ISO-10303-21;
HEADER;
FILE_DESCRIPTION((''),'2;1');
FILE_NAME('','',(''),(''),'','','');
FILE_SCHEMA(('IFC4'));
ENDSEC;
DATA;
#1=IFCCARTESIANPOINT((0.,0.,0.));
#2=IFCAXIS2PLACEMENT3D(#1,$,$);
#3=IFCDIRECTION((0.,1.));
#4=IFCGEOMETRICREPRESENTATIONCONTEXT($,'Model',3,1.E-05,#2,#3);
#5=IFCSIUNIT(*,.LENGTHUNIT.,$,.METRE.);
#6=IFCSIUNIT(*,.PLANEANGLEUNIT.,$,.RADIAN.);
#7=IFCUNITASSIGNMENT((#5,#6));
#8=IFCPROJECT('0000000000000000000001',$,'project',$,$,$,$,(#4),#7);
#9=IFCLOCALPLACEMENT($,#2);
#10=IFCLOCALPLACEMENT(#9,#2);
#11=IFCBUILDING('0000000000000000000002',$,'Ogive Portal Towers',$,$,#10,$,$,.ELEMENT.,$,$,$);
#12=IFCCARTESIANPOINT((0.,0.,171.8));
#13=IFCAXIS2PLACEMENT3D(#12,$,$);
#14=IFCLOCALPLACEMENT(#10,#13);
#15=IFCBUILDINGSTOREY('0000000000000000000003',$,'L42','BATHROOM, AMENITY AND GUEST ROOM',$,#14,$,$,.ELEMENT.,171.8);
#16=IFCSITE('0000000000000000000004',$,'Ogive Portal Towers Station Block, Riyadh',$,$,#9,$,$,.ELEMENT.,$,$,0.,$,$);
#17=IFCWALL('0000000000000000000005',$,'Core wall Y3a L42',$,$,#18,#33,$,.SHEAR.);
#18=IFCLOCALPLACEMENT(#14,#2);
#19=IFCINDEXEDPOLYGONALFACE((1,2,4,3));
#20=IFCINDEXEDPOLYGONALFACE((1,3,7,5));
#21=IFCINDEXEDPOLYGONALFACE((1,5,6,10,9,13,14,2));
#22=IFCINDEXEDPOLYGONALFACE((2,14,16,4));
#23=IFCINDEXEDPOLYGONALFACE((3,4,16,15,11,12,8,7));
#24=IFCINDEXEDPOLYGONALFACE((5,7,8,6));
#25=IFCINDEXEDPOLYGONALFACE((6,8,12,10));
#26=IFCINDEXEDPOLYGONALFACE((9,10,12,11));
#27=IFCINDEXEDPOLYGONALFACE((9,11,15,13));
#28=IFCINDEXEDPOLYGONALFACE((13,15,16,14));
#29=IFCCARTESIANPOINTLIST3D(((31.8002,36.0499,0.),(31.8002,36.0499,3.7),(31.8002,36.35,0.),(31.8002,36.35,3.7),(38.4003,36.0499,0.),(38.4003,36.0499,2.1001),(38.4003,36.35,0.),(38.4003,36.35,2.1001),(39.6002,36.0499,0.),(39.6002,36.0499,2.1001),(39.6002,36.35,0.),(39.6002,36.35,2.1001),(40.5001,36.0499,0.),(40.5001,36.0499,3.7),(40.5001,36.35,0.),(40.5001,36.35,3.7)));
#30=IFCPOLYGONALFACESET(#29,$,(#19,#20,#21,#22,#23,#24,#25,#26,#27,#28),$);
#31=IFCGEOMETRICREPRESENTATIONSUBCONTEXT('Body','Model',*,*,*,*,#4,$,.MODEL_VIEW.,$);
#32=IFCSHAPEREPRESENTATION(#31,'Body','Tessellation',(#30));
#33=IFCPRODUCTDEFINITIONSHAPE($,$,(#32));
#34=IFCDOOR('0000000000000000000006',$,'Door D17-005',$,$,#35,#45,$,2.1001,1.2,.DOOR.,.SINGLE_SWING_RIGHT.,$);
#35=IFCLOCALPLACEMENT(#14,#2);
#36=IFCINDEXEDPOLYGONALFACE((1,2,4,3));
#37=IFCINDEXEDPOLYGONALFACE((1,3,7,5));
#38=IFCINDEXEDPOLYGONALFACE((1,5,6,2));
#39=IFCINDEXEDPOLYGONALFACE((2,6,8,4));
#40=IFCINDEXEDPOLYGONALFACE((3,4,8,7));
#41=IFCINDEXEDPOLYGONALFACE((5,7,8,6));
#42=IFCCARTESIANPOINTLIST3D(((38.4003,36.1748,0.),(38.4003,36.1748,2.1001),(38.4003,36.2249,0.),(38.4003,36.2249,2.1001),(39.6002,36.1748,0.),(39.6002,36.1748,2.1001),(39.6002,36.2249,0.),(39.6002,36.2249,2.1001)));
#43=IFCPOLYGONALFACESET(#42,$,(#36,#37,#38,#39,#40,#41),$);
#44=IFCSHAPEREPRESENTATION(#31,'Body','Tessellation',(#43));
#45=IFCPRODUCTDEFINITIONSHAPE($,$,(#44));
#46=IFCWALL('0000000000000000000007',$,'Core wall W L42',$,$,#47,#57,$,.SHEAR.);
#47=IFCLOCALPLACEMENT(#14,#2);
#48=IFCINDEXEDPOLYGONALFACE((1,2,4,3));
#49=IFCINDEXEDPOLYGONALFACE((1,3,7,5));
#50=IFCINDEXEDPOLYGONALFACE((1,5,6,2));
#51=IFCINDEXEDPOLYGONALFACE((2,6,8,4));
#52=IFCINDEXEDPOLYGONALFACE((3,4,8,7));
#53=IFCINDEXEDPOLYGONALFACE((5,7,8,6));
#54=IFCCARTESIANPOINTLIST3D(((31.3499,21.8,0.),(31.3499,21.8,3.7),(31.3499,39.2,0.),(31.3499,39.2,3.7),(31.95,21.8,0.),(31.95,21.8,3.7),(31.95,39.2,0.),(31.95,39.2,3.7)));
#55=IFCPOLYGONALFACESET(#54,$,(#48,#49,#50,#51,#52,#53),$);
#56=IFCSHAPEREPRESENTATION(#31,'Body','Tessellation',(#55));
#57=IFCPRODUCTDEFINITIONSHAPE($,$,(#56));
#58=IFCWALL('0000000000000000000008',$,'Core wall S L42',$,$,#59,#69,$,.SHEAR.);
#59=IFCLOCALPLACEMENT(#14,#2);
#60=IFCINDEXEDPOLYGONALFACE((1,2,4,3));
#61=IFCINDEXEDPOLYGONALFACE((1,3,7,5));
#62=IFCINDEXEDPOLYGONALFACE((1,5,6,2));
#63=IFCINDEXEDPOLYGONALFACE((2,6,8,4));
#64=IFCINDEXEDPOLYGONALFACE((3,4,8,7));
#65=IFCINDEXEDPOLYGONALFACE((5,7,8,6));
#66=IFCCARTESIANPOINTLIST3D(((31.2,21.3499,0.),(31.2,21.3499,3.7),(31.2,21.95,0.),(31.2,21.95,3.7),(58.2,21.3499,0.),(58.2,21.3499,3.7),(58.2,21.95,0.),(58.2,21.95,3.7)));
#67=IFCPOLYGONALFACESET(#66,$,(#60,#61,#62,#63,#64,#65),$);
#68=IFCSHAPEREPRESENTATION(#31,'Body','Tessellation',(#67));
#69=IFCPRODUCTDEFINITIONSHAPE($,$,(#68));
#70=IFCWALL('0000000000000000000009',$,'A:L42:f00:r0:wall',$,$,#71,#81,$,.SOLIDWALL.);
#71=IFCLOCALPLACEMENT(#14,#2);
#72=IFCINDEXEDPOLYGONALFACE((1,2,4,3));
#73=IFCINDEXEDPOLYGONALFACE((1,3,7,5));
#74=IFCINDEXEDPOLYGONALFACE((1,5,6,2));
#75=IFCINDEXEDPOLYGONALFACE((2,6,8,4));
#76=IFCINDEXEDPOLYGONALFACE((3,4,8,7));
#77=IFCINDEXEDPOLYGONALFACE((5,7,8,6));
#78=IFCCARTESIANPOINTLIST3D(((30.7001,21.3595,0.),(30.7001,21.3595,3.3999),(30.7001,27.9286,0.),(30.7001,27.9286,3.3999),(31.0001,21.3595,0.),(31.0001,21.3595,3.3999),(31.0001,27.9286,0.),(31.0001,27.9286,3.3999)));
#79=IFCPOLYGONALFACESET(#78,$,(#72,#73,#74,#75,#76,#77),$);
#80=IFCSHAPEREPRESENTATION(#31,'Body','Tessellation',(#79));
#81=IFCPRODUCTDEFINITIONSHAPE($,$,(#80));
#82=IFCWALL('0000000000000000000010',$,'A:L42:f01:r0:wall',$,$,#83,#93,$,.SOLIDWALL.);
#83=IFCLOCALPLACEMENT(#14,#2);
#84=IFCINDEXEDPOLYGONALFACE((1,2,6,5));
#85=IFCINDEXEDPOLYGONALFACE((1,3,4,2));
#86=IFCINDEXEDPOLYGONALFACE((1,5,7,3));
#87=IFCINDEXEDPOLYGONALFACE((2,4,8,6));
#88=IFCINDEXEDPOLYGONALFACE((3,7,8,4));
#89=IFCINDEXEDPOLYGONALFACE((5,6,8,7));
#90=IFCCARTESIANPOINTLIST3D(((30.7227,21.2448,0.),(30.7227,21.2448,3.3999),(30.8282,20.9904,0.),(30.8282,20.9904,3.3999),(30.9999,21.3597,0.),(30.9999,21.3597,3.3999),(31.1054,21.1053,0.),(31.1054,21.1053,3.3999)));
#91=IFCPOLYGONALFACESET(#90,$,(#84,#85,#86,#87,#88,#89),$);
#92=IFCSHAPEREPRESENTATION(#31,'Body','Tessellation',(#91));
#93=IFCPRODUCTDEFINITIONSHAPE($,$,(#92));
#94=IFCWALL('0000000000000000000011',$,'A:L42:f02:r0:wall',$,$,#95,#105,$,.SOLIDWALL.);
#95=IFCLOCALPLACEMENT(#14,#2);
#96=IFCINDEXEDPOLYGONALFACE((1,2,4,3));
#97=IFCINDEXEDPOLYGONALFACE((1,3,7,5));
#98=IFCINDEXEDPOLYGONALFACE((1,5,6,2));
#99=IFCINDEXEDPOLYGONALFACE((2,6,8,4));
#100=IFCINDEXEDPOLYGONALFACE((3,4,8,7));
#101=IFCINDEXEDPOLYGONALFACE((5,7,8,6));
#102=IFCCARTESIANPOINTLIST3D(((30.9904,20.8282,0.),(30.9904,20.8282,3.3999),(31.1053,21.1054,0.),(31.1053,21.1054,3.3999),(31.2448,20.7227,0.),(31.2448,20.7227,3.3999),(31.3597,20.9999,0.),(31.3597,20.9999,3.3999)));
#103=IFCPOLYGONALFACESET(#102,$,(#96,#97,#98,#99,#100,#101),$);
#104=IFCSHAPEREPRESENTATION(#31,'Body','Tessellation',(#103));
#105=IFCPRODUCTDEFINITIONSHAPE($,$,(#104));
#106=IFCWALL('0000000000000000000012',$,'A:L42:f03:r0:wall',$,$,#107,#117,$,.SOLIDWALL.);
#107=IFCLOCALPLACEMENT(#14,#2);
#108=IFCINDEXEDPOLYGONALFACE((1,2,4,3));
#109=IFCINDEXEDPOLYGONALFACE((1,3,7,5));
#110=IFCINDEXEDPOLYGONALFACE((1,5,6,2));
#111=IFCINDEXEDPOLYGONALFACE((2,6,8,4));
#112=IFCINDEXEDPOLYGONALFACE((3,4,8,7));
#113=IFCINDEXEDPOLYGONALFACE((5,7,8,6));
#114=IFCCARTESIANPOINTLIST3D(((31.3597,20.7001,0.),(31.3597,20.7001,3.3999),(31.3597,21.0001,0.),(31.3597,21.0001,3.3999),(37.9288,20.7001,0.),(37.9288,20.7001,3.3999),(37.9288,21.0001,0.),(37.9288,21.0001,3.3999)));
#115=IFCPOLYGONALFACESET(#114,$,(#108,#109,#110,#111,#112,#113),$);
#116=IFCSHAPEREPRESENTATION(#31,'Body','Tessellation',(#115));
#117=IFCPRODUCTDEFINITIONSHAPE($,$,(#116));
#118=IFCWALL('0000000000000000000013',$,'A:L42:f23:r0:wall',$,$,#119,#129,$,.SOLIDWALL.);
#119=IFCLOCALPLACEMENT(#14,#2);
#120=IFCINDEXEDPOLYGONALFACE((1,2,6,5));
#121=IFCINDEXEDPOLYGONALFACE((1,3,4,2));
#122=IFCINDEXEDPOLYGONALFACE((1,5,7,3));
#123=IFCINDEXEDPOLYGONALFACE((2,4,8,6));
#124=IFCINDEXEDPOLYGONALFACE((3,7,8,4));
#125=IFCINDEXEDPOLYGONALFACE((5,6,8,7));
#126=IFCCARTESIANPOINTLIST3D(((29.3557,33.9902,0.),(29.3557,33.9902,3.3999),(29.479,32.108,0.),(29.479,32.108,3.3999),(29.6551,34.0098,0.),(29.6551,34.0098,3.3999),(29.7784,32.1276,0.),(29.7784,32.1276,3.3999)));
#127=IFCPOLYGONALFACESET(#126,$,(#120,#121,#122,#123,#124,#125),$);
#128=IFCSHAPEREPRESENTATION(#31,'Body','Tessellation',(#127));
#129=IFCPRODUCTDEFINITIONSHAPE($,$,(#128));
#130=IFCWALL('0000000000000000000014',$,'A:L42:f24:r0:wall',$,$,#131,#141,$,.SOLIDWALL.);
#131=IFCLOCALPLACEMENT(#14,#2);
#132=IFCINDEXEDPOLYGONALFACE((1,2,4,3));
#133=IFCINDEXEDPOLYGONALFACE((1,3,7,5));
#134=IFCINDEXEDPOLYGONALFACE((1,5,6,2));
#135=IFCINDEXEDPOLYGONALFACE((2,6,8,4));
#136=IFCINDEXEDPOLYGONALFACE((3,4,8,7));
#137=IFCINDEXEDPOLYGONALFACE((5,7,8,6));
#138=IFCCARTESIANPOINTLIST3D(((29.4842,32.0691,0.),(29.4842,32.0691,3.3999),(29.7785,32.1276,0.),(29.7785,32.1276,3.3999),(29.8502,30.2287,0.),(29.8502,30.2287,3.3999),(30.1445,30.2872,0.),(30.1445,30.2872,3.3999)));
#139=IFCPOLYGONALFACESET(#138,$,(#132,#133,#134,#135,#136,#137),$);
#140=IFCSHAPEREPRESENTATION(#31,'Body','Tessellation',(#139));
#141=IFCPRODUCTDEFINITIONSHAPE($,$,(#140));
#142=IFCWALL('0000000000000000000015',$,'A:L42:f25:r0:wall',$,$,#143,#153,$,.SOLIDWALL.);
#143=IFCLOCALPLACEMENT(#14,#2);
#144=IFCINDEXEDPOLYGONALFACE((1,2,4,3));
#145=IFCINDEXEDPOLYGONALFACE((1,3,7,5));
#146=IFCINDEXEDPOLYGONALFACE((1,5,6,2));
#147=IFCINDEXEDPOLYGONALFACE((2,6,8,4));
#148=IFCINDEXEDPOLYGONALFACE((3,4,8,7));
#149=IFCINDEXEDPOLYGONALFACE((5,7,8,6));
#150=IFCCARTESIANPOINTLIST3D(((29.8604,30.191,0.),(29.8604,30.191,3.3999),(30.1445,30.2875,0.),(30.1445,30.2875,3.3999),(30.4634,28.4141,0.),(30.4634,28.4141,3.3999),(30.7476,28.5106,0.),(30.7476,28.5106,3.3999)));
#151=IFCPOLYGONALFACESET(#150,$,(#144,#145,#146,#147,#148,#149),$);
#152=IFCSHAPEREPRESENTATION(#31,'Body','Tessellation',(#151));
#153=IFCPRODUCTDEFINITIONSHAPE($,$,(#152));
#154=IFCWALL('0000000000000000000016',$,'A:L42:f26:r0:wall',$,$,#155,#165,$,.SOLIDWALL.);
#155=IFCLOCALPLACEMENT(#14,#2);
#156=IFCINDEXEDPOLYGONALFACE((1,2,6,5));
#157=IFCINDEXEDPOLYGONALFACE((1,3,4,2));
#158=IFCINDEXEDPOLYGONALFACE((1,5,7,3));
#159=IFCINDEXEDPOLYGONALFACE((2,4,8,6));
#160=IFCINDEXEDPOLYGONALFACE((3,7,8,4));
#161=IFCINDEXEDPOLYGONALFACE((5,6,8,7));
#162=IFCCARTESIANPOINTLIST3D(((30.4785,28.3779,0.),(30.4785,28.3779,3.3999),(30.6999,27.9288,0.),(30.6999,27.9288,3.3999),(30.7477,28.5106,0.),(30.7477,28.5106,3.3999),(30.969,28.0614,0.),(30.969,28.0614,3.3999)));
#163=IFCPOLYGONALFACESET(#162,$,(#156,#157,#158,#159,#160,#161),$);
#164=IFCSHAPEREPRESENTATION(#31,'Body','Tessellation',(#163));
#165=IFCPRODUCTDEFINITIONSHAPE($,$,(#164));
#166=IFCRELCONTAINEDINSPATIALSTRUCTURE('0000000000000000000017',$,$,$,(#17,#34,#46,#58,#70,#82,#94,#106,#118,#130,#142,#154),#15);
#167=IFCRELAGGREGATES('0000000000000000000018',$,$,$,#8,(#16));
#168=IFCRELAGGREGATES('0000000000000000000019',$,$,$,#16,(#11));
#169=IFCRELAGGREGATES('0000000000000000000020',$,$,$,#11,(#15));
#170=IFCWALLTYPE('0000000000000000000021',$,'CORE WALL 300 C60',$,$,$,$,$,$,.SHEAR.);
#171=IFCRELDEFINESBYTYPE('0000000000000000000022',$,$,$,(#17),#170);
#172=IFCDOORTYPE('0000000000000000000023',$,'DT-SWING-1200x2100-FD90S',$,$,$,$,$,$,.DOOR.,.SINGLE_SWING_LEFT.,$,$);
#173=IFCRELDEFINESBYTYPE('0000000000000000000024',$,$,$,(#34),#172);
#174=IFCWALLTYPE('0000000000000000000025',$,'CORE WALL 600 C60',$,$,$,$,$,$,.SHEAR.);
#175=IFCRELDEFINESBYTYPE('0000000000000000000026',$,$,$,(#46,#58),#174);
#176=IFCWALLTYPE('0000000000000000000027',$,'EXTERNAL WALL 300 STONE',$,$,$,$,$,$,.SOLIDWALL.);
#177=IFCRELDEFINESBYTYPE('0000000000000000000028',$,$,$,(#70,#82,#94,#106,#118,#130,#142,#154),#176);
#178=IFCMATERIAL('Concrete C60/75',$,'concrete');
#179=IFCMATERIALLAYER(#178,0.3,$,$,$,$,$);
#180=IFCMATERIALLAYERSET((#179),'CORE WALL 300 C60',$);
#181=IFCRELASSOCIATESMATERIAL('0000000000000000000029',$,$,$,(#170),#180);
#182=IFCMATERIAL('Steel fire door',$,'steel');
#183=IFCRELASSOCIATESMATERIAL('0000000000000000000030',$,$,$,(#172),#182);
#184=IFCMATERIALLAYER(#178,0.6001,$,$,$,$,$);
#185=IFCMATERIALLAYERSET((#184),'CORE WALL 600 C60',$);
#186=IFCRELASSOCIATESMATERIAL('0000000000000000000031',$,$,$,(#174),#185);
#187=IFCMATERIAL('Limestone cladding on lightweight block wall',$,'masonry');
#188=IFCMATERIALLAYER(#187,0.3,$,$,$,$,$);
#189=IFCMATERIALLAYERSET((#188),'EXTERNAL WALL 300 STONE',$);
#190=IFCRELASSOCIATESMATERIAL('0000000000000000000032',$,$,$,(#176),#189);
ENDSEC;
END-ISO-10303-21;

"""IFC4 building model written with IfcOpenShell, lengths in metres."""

from ifc_helpers import new_model, si_unit, direction, frame, frame_2d, origin, place, context, subcontext, project, spatial, rectangle, extrude, material, layer, layer_set, type_object, element, fill, save


model = new_model("IFC4")

# Units and contexts
model_context = context("Model", 3, precision=1e-05, world=origin(), true_north=direction((0.0, 1.0)))
body_context = subcontext(model_context, "Body", "Model", "MODEL_VIEW")
ifc_project = project(units=[si_unit("LENGTHUNIT", "METRE"), si_unit("PLANEANGLEUNIT", "RADIAN")], contexts=[model_context])

# Site, building, storey
site_placement = place(None, origin())
site = spatial("IfcSite", under=ifc_project, at=site_placement, Name="Ogive Portal Towers Station Block, Riyadh", CompositionType="ELEMENT", RefElevation=0.0)
building_placement = place(site_placement, origin())
building = spatial("IfcBuilding", under=site, at=building_placement, Name="Ogive Portal Towers", CompositionType="ELEMENT")
storey_placement = place(building_placement, frame((0.0, 0.0, 171.8)))
storey = spatial("IfcBuildingStorey", under=building, at=storey_placement, Name="L42", Description="BATHROOM, AMENITY AND GUEST ROOM", CompositionType="ELEMENT", Elevation=171.8)

# Shared definitions
ifc_material_1 = material(Name="Concrete C60/75", Category="concrete")
ifc_layer_1 = layer(ifc_material_1, 0.3)
ifc_layer_set_1 = layer_set([ifc_layer_1], Name="CORE WALL 300 C60")
wall_type_1 = type_object("IfcWallType", Name="CORE WALL 300 C60", PredefinedType="SHEAR", material=ifc_layer_set_1)
ifc_material_2 = material(Name="Steel fire door", Category="steel")
door_type_1 = type_object("IfcDoorType", Name="DT-SWING-1200x2100-FD90S", OperationType="SINGLE_SWING_LEFT", PredefinedType="DOOR", material=ifc_material_2)

# Wall, opening, door
wall_1_placement = place(storey_placement, frame((31.8, 36.2, 0.0), z_axis=(0.0, 0.0, 1.0), x_axis=(1.0, 0.0, 0.0)))
wall_1 = element("IfcWall", 1, at=wall_1_placement, inside=storey, type_object=wall_type_1, Name="Core wall Y3a L42", PredefinedType="SHEAR", context=body_context, shape_type="SweptSolid", body=[
    extrude(rectangle(XDim=8.7, YDim=0.3, at=frame_2d((4.3501, 0.0))), origin(), (0.0, 0.0, 1.0), 3.7),
])
opening_1_placement = place(wall_1_placement, frame((6.6001, 0.0, 0.0)))
opening_1 = element("IfcOpeningElement", 2, at=opening_1_placement, cuts=wall_1, PredefinedType="OPENING", context=body_context, shape_type="SweptSolid", body=[
    extrude(rectangle(XDim=1.2, YDim=2.1001, at=frame_2d((0.6001, 1.05))), frame((0.0, 0.1602, 0.0), z_axis=(0.0, -1.0, 0.0), x_axis=(1.0, 0.0, 0.0)), (0.0, 0.0, 1.0), 0.3201),
])
door_1_placement = place(opening_1_placement, origin())
door_1 = element("IfcDoor", 3, at=door_1_placement, inside=storey, type_object=door_type_1, Name="Door D17-005", OperationType="SINGLE_SWING_RIGHT", OverallHeight=2.1001, OverallWidth=1.2, PredefinedType="DOOR", context=body_context, shape_type="SweptSolid", body=[
    extrude(rectangle(XDim=1.2, YDim=2.1001, at=frame_2d((0.6001, 1.05))), frame((0.0, 0.0249, 0.0), z_axis=(0.0, -1.0, 0.0), x_axis=(1.0, 0.0, 0.0)), (0.0, 0.0, 1.0), 0.05),
])
fill(opening_1, door_1)

# Walls
ifc_layer_2 = layer(ifc_material_1, 0.6001)
ifc_layer_set_2 = layer_set([ifc_layer_2], Name="CORE WALL 600 C60")
wall_type_2 = type_object("IfcWallType", Name="CORE WALL 600 C60", PredefinedType="SHEAR", material=ifc_layer_set_2)
wall_2_placement = place(storey_placement, frame((31.6499, 21.8, 0.0), z_axis=(0.0, 0.0, 1.0), x_axis=(0.0, 1.0, 0.0)))
element("IfcWall", 4, at=wall_2_placement, inside=storey, type_object=wall_type_2, Name="Core wall W L42", PredefinedType="SHEAR", context=body_context, shape_type="SweptSolid", body=[
    extrude(rectangle(XDim=17.3999, YDim=0.6001, at=frame_2d((8.7, 0.0))), origin(), (0.0, 0.0, 1.0), 3.7),
])
wall_3_placement = place(storey_placement, frame((31.2, 21.6499, 0.0), z_axis=(0.0, 0.0, 1.0), x_axis=(1.0, 0.0, 0.0)))
element("IfcWall", 5, at=wall_3_placement, inside=storey, type_object=wall_type_2, Name="Core wall S L42", PredefinedType="SHEAR", context=body_context, shape_type="SweptSolid", body=[
    extrude(rectangle(XDim=27.0, YDim=0.6001, at=frame_2d((13.5, 0.0))), origin(), (0.0, 0.0, 1.0), 3.7),
])
ifc_material_3 = material(Name="Limestone cladding on lightweight block wall", Category="masonry")
ifc_layer_3 = layer(ifc_material_3, 0.3)
ifc_layer_set_3 = layer_set([ifc_layer_3], Name="EXTERNAL WALL 300 STONE")
wall_type_3 = type_object("IfcWallType", Name="EXTERNAL WALL 300 STONE", PredefinedType="SOLIDWALL", material=ifc_layer_set_3)
wall_4_placement = place(storey_placement, frame((30.8501, 27.9287, 0.0), z_axis=(0.0, 0.0, 1.0), x_axis=(0.0, -1.0, 0.0)))
element("IfcWall", 6, at=wall_4_placement, inside=storey, type_object=wall_type_3, Name="A:L42:f00:r0:wall", PredefinedType="SOLIDWALL", context=body_context, shape_type="SweptSolid", body=[
    extrude(rectangle(XDim=6.5691, YDim=0.3, at=frame_2d((3.2847, 0.0))), origin(), (0.0, 0.0, 1.0), 3.3999),
])
for number, where, z_axis, x_axis, name in (
    (7, (30.8613, 21.3022, 0.0), (0.0, 0.0, 1.0), (0.382978, -0.923757, 0.0), "A:L42:f01:r0:wall"),
    (8, (31.0479, 20.9668, 0.0), (0.0, 0.0, 1.0), (0.923757, -0.382978, 0.0), "A:L42:f02:r0:wall"),
):
    element("IfcWall", number, at=place(storey_placement, frame(where, z_axis=z_axis, x_axis=x_axis)), inside=storey, type_object=wall_type_3, Name=name, PredefinedType="SOLIDWALL", context=body_context, shape_type="SweptSolid", body=[
        extrude(rectangle(XDim=0.2754, YDim=0.3, at=frame_2d((0.1377, 0.0))), origin(), (0.0, 0.0, 1.0), 3.3999),
    ])
wall_5_placement = place(storey_placement, frame((31.3596, 20.8501, 0.0), z_axis=(0.0, 0.0, 1.0), x_axis=(1.0, 0.0, 0.0)))
element("IfcWall", 9, at=wall_5_placement, inside=storey, type_object=wall_type_3, Name="A:L42:f03:r0:wall", PredefinedType="SOLIDWALL", context=body_context, shape_type="SweptSolid", body=[
    extrude(rectangle(XDim=6.5691, YDim=0.3, at=frame_2d((3.2847, 0.0))), origin(), (0.0, 0.0, 1.0), 3.3999),
])
wall_6_placement = place(storey_placement, frame((29.5054, 34.0, 0.0), z_axis=(0.0, 0.0, 1.0), x_axis=(0.065368, -0.997861, 0.0)))
element("IfcWall", 10, at=wall_6_placement, inside=storey, type_object=wall_type_3, Name="A:L42:f23:r0:wall", PredefinedType="SOLIDWALL", context=body_context, shape_type="SweptSolid", body=[
    extrude(rectangle(XDim=1.8862, YDim=0.3, at=frame_2d((0.9431, 0.0))), origin(), (0.0, 0.0, 1.0), 3.3999),
])
for number, where, z_axis, x_axis, name in (
    (11, (29.6313, 32.0984, 0.0), (0.0, 0.0, 1.0), (0.19504, -0.980795, 0.0), "A:L42:f24:r0:wall"),
    (12, (30.0024, 30.2393, 0.0), (0.0, 0.0, 1.0), (0.321376, -0.946952, 0.0), "A:L42:f25:r0:wall"),
):
    element("IfcWall", number, at=place(storey_placement, frame(where, z_axis=z_axis, x_axis=x_axis)), inside=storey, type_object=wall_type_3, Name=name, PredefinedType="SOLIDWALL", context=body_context, shape_type="SweptSolid", body=[
        extrude(rectangle(XDim=1.8765, YDim=0.3, at=frame_2d((0.9382, 0.0))), origin(), (0.0, 0.0, 1.0), 3.3999),
    ])
wall_7_placement = place(storey_placement, frame((30.613, 28.4443, 0.0), z_axis=(0.0, 0.0, 1.0), x_axis=(0.442137, -0.896948, 0.0)))
element("IfcWall", 13, at=wall_7_placement, inside=storey, type_object=wall_type_3, Name="A:L42:f26:r0:wall", PredefinedType="SOLIDWALL", context=body_context, shape_type="SweptSolid", body=[
    extrude(rectangle(XDim=0.5007, YDim=0.3, at=frame_2d((0.2505, 0.0))), origin(), (0.0, 0.0, 1.0), 3.3999),
])

save(model, "model.ifc")
